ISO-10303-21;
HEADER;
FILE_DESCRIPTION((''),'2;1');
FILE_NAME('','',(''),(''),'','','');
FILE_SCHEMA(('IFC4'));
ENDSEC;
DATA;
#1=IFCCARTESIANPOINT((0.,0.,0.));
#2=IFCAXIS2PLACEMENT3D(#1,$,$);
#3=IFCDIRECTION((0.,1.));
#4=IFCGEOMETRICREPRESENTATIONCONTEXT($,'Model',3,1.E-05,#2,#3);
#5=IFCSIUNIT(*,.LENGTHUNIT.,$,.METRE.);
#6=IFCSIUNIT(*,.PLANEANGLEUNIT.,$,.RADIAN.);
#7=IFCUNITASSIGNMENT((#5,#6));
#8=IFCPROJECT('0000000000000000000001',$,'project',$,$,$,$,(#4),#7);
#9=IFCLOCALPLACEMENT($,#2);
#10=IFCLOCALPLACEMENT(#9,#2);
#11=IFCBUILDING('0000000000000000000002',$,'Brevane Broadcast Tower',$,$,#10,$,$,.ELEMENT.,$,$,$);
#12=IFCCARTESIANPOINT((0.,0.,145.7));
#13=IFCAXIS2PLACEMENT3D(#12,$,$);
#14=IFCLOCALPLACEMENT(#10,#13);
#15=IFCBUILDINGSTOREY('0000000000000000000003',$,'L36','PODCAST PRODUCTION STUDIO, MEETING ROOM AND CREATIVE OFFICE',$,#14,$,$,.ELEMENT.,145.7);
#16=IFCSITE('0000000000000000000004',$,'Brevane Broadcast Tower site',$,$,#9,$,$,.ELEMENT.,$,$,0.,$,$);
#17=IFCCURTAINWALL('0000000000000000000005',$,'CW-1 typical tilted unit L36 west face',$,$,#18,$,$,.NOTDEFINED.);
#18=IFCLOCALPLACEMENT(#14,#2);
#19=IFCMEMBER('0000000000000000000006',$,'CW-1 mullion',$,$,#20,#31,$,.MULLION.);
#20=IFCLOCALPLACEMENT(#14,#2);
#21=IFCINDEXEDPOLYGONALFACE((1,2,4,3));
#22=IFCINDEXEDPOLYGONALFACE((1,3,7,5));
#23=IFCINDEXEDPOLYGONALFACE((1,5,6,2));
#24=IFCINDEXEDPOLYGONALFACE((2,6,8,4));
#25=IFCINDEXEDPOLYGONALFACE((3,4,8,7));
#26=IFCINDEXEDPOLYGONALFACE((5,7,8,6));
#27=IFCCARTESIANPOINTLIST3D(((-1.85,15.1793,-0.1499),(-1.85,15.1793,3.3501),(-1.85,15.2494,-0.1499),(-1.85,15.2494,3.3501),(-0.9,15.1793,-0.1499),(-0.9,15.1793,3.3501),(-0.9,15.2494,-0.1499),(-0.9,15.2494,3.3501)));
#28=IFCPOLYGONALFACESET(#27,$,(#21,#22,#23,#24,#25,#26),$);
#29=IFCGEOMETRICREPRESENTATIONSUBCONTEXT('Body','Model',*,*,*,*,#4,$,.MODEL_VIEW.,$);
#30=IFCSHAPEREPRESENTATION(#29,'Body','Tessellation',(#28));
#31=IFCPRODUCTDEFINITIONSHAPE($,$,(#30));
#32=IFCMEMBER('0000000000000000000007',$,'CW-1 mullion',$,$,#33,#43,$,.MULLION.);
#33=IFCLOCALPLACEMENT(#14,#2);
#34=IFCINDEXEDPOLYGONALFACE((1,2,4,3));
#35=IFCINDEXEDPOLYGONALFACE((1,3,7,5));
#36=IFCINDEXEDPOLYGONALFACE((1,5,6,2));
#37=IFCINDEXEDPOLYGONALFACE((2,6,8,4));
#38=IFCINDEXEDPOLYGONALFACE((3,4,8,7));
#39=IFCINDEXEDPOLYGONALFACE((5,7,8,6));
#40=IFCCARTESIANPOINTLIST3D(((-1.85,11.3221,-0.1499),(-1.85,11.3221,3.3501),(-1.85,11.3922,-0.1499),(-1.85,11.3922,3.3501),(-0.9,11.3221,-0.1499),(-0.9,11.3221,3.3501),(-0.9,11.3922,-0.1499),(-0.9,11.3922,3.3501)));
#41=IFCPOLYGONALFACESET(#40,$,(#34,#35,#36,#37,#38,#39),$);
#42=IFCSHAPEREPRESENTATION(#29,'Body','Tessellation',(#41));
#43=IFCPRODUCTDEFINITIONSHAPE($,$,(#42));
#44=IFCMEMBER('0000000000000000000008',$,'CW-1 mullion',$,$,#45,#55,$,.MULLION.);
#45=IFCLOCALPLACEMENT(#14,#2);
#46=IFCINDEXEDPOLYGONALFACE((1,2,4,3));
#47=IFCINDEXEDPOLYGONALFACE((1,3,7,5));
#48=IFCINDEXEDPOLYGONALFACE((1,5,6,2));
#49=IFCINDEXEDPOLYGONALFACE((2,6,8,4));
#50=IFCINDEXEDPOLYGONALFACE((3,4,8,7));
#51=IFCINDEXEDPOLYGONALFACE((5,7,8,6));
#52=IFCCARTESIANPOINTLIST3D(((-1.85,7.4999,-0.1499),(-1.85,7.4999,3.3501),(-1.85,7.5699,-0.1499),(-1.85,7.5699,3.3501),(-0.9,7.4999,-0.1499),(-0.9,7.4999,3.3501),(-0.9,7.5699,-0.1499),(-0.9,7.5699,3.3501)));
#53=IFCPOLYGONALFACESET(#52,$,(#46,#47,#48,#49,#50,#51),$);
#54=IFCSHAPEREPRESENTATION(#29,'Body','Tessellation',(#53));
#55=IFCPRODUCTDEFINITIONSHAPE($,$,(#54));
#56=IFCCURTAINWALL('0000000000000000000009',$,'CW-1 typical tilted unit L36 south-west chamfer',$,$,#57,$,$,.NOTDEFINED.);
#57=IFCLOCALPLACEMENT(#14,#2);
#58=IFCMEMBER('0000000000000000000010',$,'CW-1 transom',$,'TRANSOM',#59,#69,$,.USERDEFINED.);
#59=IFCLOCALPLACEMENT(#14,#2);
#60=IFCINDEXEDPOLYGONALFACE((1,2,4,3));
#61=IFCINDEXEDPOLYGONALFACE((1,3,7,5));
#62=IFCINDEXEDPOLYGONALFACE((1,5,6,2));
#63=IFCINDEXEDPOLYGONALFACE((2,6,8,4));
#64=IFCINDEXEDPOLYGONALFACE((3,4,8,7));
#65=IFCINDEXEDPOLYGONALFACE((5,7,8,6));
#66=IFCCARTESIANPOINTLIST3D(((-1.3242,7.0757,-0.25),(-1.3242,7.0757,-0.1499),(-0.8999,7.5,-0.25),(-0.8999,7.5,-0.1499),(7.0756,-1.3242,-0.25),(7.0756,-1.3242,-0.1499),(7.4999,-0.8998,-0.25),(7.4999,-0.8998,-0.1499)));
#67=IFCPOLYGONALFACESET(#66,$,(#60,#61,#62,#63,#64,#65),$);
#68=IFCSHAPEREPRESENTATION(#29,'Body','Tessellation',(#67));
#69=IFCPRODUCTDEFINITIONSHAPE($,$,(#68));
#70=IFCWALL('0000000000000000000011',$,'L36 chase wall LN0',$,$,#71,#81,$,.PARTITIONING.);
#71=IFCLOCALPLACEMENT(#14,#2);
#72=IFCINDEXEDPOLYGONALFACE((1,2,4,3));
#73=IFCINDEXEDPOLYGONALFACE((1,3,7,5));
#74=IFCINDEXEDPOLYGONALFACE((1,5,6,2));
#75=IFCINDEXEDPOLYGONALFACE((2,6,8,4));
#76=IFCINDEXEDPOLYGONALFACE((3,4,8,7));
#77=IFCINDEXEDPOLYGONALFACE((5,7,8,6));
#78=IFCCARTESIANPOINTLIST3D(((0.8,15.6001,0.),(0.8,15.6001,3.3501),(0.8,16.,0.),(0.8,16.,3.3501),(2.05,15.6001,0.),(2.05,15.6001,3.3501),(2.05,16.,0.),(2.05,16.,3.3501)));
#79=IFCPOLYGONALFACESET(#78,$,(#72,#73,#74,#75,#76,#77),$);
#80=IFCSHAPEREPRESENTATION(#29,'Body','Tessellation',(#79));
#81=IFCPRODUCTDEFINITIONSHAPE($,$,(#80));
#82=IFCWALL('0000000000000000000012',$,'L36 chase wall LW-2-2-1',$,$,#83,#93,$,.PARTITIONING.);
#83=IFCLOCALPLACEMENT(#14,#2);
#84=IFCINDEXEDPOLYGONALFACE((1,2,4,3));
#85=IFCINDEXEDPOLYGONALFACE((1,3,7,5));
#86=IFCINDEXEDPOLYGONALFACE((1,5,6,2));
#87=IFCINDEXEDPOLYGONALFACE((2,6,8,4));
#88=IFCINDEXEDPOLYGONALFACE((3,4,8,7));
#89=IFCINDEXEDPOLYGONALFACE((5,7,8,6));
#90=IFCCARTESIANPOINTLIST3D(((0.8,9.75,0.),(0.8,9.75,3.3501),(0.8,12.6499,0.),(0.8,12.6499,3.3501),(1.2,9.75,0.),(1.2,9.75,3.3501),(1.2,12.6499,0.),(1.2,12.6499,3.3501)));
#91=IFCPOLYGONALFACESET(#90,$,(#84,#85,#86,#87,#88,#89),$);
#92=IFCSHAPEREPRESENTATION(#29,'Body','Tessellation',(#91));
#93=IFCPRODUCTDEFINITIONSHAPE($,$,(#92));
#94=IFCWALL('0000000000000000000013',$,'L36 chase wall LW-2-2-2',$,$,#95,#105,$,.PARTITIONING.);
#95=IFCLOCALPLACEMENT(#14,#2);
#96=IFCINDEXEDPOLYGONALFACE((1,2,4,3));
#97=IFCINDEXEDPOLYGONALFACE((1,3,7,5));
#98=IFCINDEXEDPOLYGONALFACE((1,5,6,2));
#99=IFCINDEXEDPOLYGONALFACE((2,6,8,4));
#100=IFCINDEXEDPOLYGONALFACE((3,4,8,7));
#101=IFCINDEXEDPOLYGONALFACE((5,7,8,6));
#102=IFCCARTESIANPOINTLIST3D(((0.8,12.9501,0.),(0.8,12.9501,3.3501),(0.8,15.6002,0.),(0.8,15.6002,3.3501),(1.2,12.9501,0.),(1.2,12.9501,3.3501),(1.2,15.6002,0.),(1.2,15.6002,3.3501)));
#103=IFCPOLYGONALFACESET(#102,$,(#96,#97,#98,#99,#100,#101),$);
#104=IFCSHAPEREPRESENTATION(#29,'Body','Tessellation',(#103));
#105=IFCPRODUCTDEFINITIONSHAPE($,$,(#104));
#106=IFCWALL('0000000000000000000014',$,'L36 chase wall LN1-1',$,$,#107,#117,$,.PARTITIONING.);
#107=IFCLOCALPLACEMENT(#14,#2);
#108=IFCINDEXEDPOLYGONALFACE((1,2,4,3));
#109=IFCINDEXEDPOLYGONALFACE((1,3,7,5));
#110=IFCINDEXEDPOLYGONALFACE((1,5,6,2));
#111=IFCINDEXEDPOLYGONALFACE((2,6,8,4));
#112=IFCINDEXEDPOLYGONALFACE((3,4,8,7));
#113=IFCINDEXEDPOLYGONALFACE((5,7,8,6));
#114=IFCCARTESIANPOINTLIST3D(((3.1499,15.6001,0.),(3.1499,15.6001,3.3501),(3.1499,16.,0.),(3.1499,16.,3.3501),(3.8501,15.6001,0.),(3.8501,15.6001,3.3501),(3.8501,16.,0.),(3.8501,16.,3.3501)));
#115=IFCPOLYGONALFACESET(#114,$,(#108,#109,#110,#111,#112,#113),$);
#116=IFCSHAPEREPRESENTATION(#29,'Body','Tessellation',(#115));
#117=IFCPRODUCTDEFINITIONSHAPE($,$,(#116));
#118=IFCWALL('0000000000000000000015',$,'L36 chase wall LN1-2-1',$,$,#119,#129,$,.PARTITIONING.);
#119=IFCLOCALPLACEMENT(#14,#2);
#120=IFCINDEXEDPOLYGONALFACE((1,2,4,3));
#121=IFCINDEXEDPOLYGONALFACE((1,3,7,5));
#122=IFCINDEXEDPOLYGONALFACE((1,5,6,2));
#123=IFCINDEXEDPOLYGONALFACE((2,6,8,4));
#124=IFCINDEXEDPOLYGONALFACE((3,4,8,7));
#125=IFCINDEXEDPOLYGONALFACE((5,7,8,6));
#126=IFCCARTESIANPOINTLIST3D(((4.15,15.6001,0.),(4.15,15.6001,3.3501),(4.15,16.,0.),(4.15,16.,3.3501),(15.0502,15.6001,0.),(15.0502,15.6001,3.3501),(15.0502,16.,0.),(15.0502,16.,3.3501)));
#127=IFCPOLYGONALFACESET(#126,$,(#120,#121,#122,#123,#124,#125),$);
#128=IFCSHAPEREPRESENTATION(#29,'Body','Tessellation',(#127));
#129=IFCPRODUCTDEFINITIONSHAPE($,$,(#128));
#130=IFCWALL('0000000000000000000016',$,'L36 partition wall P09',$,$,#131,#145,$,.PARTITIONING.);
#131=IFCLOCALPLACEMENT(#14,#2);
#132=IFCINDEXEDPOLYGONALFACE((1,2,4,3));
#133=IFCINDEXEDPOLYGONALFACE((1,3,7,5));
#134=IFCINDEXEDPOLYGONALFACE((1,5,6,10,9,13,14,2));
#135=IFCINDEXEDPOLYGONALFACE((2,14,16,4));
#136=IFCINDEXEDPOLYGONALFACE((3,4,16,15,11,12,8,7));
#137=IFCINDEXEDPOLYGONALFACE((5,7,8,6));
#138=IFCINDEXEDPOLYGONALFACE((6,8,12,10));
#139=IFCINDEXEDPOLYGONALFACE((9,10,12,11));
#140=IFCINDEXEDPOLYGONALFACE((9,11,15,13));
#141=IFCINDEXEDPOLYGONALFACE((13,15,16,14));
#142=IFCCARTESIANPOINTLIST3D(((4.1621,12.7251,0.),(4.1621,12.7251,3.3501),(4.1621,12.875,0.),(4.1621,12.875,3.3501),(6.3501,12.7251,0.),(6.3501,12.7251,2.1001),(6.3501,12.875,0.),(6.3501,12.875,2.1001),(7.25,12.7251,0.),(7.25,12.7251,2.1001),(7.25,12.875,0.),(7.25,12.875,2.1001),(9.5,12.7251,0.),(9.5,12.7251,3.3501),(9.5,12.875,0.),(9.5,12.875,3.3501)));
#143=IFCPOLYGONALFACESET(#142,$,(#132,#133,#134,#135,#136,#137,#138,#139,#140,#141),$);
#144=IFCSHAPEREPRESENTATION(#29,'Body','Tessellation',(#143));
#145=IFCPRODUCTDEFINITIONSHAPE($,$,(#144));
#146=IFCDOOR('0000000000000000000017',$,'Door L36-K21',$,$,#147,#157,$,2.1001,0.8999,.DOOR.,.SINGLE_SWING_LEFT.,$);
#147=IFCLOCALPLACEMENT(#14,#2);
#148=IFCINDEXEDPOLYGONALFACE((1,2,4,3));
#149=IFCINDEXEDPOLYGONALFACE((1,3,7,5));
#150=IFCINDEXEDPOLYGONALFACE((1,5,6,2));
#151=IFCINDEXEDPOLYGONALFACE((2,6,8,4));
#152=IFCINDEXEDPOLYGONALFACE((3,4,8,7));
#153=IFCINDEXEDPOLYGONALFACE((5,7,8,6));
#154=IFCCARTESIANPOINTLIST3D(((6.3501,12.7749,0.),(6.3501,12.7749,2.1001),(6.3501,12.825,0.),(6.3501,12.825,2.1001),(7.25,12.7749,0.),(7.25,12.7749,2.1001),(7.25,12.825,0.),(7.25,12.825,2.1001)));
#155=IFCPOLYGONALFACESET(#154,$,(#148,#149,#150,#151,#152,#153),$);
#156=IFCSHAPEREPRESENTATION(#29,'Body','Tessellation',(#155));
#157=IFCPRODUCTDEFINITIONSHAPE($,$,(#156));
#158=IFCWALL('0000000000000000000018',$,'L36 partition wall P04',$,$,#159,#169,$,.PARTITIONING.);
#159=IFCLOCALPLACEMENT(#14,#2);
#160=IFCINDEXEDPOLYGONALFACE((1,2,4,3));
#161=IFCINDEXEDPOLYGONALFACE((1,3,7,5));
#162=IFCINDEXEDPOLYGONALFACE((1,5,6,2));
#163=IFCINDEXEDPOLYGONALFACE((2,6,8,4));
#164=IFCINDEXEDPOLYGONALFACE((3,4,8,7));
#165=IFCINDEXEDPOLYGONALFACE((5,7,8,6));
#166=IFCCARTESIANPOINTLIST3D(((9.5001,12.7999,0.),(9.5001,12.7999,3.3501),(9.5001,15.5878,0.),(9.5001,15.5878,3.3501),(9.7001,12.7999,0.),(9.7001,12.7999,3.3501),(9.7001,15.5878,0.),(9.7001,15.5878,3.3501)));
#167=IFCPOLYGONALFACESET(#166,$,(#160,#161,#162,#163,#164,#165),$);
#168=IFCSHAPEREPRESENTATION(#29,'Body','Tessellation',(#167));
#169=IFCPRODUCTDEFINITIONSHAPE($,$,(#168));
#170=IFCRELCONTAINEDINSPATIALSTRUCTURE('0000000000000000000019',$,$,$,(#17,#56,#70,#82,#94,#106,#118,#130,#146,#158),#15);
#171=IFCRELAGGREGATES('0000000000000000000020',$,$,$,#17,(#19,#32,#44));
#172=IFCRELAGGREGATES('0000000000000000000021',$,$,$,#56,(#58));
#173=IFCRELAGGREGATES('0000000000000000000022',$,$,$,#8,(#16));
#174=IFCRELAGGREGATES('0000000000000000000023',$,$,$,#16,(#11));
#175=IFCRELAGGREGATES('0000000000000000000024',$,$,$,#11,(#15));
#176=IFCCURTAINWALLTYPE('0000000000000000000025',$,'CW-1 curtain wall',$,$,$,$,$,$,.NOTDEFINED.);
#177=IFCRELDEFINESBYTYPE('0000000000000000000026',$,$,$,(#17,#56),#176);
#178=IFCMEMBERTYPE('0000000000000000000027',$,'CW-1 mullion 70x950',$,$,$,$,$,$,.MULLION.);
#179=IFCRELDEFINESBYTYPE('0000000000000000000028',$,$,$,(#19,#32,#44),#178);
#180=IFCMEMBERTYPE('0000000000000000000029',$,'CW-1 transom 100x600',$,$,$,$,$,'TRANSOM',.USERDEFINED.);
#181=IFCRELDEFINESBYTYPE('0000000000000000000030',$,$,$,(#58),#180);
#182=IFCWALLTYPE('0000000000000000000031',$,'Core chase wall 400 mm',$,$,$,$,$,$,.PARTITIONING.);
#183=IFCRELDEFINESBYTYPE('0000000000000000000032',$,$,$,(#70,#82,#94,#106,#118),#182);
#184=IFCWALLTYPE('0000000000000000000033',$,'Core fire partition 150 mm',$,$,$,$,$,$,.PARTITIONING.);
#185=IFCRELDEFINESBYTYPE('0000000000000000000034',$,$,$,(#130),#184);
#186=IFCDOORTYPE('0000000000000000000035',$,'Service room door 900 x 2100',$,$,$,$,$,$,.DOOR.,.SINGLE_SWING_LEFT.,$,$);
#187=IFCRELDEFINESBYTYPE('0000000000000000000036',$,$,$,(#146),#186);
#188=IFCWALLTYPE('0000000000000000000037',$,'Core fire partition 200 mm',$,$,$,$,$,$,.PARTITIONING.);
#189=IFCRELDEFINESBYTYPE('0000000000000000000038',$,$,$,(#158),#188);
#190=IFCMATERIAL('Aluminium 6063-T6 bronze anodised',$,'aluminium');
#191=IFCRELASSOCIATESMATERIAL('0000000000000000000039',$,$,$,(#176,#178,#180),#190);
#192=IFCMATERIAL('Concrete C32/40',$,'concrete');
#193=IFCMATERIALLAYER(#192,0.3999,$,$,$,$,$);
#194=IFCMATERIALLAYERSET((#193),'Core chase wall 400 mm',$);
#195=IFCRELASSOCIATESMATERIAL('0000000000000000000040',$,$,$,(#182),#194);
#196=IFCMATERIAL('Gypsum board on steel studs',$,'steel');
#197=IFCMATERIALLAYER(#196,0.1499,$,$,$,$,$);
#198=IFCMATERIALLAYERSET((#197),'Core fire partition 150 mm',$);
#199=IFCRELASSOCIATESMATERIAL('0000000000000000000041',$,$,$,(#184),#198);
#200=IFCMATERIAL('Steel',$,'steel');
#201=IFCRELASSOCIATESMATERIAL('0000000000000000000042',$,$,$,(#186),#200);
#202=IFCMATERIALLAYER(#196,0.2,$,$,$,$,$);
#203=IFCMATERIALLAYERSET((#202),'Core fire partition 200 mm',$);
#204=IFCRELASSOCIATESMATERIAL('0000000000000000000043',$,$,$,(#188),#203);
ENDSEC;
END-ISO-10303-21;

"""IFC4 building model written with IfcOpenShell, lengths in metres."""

from ifc_helpers import new_model, si_unit, direction, frame, frame_2d, origin, origin_2d, place, context, subcontext, project, spatial, rectangle, extrude, material, layer, layer_set, material_profile, profile_set, type_object, element, fill, aggregate, save


model = new_model("IFC4")

# Units and contexts
model_context = context("Model", 3, precision=1e-05, world=origin(), true_north=direction((0.0, 1.0)))
body_context = subcontext(model_context, "Body", "Model", "MODEL_VIEW")
ifc_project = project(units=[si_unit("LENGTHUNIT", "METRE"), si_unit("PLANEANGLEUNIT", "RADIAN")], contexts=[model_context])

# Site, building, storey
site_placement = place(None, origin())
site = spatial("IfcSite", under=ifc_project, at=site_placement, Name="Brevane Broadcast Tower site", CompositionType="ELEMENT", RefElevation=0.0)
building_placement = place(site_placement, origin())
building = spatial("IfcBuilding", under=site, at=building_placement, Name="Brevane Broadcast Tower", CompositionType="ELEMENT")
storey_placement = place(building_placement, frame((0.0, 0.0, 145.7)))
storey = spatial("IfcBuildingStorey", under=building, at=storey_placement, Name="L36", Description="PODCAST PRODUCTION STUDIO, MEETING ROOM AND CREATIVE OFFICE", CompositionType="ELEMENT", Elevation=145.7)

# Curtain wall, members
ifc_material_1 = material(Name="Aluminium 6063-T6 bronze anodised", Category="aluminium")
curtain_wall_type = type_object("IfcCurtainWallType", Name="CW-1 curtain wall", PredefinedType="NOTDEFINED", material=ifc_material_1)
curtain_wall_1_placement = place(storey_placement, origin())
curtain_wall_1 = element("IfcCurtainWall", 1, at=curtain_wall_1_placement, inside=storey, type_object=curtain_wall_type, Name="CW-1 typical tilted unit L36 west face", PredefinedType="NOTDEFINED")
ifc_material_profile_1 = material_profile(ifc_material_1, rectangle(XDim=0.95, YDim=0.0701, at=origin_2d()), Name="RECT 70x950")
ifc_profile_set_1 = profile_set([ifc_material_profile_1], Name="Aluminium 6063-T6 bronze anodised")
member_type_1 = type_object("IfcMemberType", Name="CW-1 mullion 70x950", PredefinedType="MULLION", material=ifc_profile_set_1)
member_1_placement = place(storey_placement, frame((-1.375, 15.2144, -0.1499), z_axis=(0.0, 0.0, 1.0), x_axis=(1.0, 0.0, 0.0)))
member_1 = element("IfcMember", 2, at=member_1_placement, type_object=member_type_1, Name="CW-1 mullion", PredefinedType="MULLION", context=body_context, shape_type="SweptSolid", body=[
    extrude(rectangle(XDim=0.95, YDim=0.0701, at=origin_2d()), origin(), (0.0, 0.0, 1.0), 3.5),
])
member_2_placement = place(storey_placement, frame((-1.375, 11.3572, -0.1499), z_axis=(0.0, 0.0, 1.0), x_axis=(1.0, 0.0, 0.0)))
member_2 = element("IfcMember", 3, at=member_2_placement, type_object=member_type_1, Name="CW-1 mullion", PredefinedType="MULLION", context=body_context, shape_type="SweptSolid", body=[
    extrude(rectangle(XDim=0.95, YDim=0.0701, at=origin_2d()), origin(), (0.0, 0.0, 1.0), 3.5),
])
member_3_placement = place(storey_placement, frame((-1.375, 7.5349, -0.1499), z_axis=(0.0, 0.0, 1.0), x_axis=(1.0, 0.0, 0.0)))
member_3 = element("IfcMember", 4, at=member_3_placement, type_object=member_type_1, Name="CW-1 mullion", PredefinedType="MULLION", context=body_context, shape_type="SweptSolid", body=[
    extrude(rectangle(XDim=0.95, YDim=0.0701, at=origin_2d()), origin(), (0.0, 0.0, 1.0), 3.5),
])
aggregate(curtain_wall_1, [member_1, member_2, member_3])

# Curtain wall, member
curtain_wall_2_placement = place(storey_placement, origin())
curtain_wall_2 = element("IfcCurtainWall", 5, at=curtain_wall_2_placement, inside=storey, type_object=curtain_wall_type, Name="CW-1 typical tilted unit L36 south-west chamfer", PredefinedType="NOTDEFINED")
ifc_material_profile_2 = material_profile(ifc_material_1, rectangle(XDim=0.6001, YDim=0.1001, at=origin_2d()), Name="RECT 100x600")
ifc_profile_set_2 = profile_set([ifc_material_profile_2], Name="Aluminium 6063-T6 bronze anodised")
member_type_2 = type_object("IfcMemberType", Name="CW-1 transom 100x600", ElementType="TRANSOM", PredefinedType="USERDEFINED", material=ifc_profile_set_2)
member_4_placement = place(storey_placement, frame((-1.1121, 7.2878, -0.2), z_axis=(0.707107, -0.707107, 0.0), x_axis=(0.707107, 0.707107, 0.0)))
member_4 = element("IfcMember", 6, at=member_4_placement, type_object=member_type_2, Name="CW-1 transom", ObjectType="TRANSOM", PredefinedType="USERDEFINED", context=body_context, shape_type="SweptSolid", body=[
    extrude(rectangle(XDim=0.6001, YDim=0.1001, at=origin_2d()), origin(), (0.0, 0.0, 1.0), 11.8792),
])
aggregate(curtain_wall_2, [member_4])

# Walls
ifc_material_2 = material(Name="Concrete C32/40", Category="concrete")
ifc_layer_1 = layer(ifc_material_2, 0.3999)
ifc_layer_set_1 = layer_set([ifc_layer_1], Name="Core chase wall 400 mm")
wall_type_1 = type_object("IfcWallType", Name="Core chase wall 400 mm", PredefinedType="PARTITIONING", material=ifc_layer_set_1)
wall_1_placement = place(storey_placement, frame((0.8, 15.8, 0.0), z_axis=(0.0, 0.0, 1.0), x_axis=(1.0, 0.0, 0.0)))
element("IfcWall", 7, at=wall_1_placement, inside=storey, type_object=wall_type_1, Name="L36 chase wall LN0", PredefinedType="PARTITIONING", context=body_context, shape_type="SweptSolid", body=[
    extrude(rectangle(XDim=1.25, YDim=0.3999, at=frame_2d((0.625, 0.0))), origin(), (0.0, 0.0, 1.0), 3.3501),
])
wall_2_placement = place(storey_placement, frame((1.0, 9.75, 0.0), z_axis=(0.0, 0.0, 1.0), x_axis=(0.0, 1.0, 0.0)))
element("IfcWall", 8, at=wall_2_placement, inside=storey, type_object=wall_type_1, Name="L36 chase wall LW-2-2-1", PredefinedType="PARTITIONING", context=body_context, shape_type="SweptSolid", body=[
    extrude(rectangle(XDim=2.8999, YDim=0.3999, at=frame_2d((1.45, 0.0))), origin(), (0.0, 0.0, 1.0), 3.3501),
])
wall_3_placement = place(storey_placement, frame((1.0, 12.95, 0.0), z_axis=(0.0, 0.0, 1.0), x_axis=(0.0, 1.0, 0.0)))
element("IfcWall", 9, at=wall_3_placement, inside=storey, type_object=wall_type_1, Name="L36 chase wall LW-2-2-2", PredefinedType="PARTITIONING", context=body_context, shape_type="SweptSolid", body=[
    extrude(rectangle(XDim=2.6501, YDim=0.3999, at=frame_2d((1.3252, 0.0))), origin(), (0.0, 0.0, 1.0), 3.3501),
])
wall_4_placement = place(storey_placement, frame((3.1499, 15.8, 0.0), z_axis=(0.0, 0.0, 1.0), x_axis=(1.0, 0.0, 0.0)))
element("IfcWall", 10, at=wall_4_placement, inside=storey, type_object=wall_type_1, Name="L36 chase wall LN1-1", PredefinedType="PARTITIONING", context=body_context, shape_type="SweptSolid", body=[
    extrude(rectangle(XDim=0.7002, YDim=0.3999, at=frame_2d((0.3501, 0.0))), origin(), (0.0, 0.0, 1.0), 3.3501),
])
wall_5_placement = place(storey_placement, frame((4.1499, 15.8, 0.0), z_axis=(0.0, 0.0, 1.0), x_axis=(1.0, 0.0, 0.0)))
element("IfcWall", 11, at=wall_5_placement, inside=storey, type_object=wall_type_1, Name="L36 chase wall LN1-2-1", PredefinedType="PARTITIONING", context=body_context, shape_type="SweptSolid", body=[
    extrude(rectangle(XDim=10.9001, YDim=0.3999, at=frame_2d((5.4502, 0.0))), origin(), (0.0, 0.0, 1.0), 3.3501),
])

# Wall, opening, door
ifc_material_3 = material(Name="Gypsum board on steel studs", Category="steel")
ifc_layer_2 = layer(ifc_material_3, 0.1499)
ifc_layer_set_2 = layer_set([ifc_layer_2], Name="Core fire partition 150 mm")
wall_type_2 = type_object("IfcWallType", Name="Core fire partition 150 mm", PredefinedType="PARTITIONING", material=ifc_layer_set_2)
wall_6_placement = place(storey_placement, frame((4.1621, 12.8, 0.0), z_axis=(0.0, 0.0, 1.0), x_axis=(1.0, 0.0, 0.0)))
wall_6 = element("IfcWall", 12, at=wall_6_placement, inside=storey, type_object=wall_type_2, Name="L36 partition wall P09", PredefinedType="PARTITIONING", context=body_context, shape_type="SweptSolid", body=[
    extrude(rectangle(XDim=5.3379, YDim=0.1499, at=frame_2d((2.6689, 0.0))), origin(), (0.0, 0.0, 1.0), 3.3501),
])
opening_1_placement = place(wall_6_placement, frame((2.188, 0.0, 0.0)))
opening_1 = element("IfcOpeningElement", 13, at=opening_1_placement, cuts=wall_6, PredefinedType="OPENING", context=body_context, shape_type="SweptSolid", body=[
    extrude(rectangle(XDim=0.8999, YDim=2.1001, at=frame_2d((0.45, 1.05))), frame((0.0, 0.085, 0.0), z_axis=(0.0, -1.0, 0.0), x_axis=(1.0, 0.0, 0.0)), (0.0, 0.0, 1.0), 0.1699),
])
ifc_material_4 = material(Name="Steel", Category="steel")
door_type_1 = type_object("IfcDoorType", Name="Service room door 900 x 2100", OperationType="SINGLE_SWING_LEFT", PredefinedType="DOOR", material=ifc_material_4)
door_1_placement = place(opening_1_placement, origin())
door_1 = element("IfcDoor", 14, at=door_1_placement, inside=storey, type_object=door_type_1, Name="Door L36-K21", OperationType="SINGLE_SWING_LEFT", OverallHeight=2.1001, OverallWidth=0.8999, PredefinedType="DOOR", context=body_context, shape_type="SweptSolid", body=[
    extrude(rectangle(XDim=0.8999, YDim=2.1001, at=frame_2d((0.45, 1.05))), frame((0.0, 0.0249, 0.0), z_axis=(0.0, -1.0, 0.0), x_axis=(1.0, 0.0, 0.0)), (0.0, 0.0, 1.0), 0.05),
])
fill(opening_1, door_1)

# Wall
ifc_layer_3 = layer(ifc_material_3, 0.2)
ifc_layer_set_3 = layer_set([ifc_layer_3], Name="Core fire partition 200 mm")
wall_type_3 = type_object("IfcWallType", Name="Core fire partition 200 mm", PredefinedType="PARTITIONING", material=ifc_layer_set_3)
wall_7_placement = place(storey_placement, frame((9.6001, 15.5879, 0.0), z_axis=(0.0, 0.0, 1.0), x_axis=(0.0, -1.0, 0.0)))
element("IfcWall", 15, at=wall_7_placement, inside=storey, type_object=wall_type_3, Name="L36 partition wall P04", PredefinedType="PARTITIONING", context=body_context, shape_type="SweptSolid", body=[
    extrude(rectangle(XDim=2.7878, YDim=0.2, at=frame_2d((1.394, 0.0))), origin(), (0.0, 0.0, 1.0), 3.3501),
])

save(model, "model.ifc")
